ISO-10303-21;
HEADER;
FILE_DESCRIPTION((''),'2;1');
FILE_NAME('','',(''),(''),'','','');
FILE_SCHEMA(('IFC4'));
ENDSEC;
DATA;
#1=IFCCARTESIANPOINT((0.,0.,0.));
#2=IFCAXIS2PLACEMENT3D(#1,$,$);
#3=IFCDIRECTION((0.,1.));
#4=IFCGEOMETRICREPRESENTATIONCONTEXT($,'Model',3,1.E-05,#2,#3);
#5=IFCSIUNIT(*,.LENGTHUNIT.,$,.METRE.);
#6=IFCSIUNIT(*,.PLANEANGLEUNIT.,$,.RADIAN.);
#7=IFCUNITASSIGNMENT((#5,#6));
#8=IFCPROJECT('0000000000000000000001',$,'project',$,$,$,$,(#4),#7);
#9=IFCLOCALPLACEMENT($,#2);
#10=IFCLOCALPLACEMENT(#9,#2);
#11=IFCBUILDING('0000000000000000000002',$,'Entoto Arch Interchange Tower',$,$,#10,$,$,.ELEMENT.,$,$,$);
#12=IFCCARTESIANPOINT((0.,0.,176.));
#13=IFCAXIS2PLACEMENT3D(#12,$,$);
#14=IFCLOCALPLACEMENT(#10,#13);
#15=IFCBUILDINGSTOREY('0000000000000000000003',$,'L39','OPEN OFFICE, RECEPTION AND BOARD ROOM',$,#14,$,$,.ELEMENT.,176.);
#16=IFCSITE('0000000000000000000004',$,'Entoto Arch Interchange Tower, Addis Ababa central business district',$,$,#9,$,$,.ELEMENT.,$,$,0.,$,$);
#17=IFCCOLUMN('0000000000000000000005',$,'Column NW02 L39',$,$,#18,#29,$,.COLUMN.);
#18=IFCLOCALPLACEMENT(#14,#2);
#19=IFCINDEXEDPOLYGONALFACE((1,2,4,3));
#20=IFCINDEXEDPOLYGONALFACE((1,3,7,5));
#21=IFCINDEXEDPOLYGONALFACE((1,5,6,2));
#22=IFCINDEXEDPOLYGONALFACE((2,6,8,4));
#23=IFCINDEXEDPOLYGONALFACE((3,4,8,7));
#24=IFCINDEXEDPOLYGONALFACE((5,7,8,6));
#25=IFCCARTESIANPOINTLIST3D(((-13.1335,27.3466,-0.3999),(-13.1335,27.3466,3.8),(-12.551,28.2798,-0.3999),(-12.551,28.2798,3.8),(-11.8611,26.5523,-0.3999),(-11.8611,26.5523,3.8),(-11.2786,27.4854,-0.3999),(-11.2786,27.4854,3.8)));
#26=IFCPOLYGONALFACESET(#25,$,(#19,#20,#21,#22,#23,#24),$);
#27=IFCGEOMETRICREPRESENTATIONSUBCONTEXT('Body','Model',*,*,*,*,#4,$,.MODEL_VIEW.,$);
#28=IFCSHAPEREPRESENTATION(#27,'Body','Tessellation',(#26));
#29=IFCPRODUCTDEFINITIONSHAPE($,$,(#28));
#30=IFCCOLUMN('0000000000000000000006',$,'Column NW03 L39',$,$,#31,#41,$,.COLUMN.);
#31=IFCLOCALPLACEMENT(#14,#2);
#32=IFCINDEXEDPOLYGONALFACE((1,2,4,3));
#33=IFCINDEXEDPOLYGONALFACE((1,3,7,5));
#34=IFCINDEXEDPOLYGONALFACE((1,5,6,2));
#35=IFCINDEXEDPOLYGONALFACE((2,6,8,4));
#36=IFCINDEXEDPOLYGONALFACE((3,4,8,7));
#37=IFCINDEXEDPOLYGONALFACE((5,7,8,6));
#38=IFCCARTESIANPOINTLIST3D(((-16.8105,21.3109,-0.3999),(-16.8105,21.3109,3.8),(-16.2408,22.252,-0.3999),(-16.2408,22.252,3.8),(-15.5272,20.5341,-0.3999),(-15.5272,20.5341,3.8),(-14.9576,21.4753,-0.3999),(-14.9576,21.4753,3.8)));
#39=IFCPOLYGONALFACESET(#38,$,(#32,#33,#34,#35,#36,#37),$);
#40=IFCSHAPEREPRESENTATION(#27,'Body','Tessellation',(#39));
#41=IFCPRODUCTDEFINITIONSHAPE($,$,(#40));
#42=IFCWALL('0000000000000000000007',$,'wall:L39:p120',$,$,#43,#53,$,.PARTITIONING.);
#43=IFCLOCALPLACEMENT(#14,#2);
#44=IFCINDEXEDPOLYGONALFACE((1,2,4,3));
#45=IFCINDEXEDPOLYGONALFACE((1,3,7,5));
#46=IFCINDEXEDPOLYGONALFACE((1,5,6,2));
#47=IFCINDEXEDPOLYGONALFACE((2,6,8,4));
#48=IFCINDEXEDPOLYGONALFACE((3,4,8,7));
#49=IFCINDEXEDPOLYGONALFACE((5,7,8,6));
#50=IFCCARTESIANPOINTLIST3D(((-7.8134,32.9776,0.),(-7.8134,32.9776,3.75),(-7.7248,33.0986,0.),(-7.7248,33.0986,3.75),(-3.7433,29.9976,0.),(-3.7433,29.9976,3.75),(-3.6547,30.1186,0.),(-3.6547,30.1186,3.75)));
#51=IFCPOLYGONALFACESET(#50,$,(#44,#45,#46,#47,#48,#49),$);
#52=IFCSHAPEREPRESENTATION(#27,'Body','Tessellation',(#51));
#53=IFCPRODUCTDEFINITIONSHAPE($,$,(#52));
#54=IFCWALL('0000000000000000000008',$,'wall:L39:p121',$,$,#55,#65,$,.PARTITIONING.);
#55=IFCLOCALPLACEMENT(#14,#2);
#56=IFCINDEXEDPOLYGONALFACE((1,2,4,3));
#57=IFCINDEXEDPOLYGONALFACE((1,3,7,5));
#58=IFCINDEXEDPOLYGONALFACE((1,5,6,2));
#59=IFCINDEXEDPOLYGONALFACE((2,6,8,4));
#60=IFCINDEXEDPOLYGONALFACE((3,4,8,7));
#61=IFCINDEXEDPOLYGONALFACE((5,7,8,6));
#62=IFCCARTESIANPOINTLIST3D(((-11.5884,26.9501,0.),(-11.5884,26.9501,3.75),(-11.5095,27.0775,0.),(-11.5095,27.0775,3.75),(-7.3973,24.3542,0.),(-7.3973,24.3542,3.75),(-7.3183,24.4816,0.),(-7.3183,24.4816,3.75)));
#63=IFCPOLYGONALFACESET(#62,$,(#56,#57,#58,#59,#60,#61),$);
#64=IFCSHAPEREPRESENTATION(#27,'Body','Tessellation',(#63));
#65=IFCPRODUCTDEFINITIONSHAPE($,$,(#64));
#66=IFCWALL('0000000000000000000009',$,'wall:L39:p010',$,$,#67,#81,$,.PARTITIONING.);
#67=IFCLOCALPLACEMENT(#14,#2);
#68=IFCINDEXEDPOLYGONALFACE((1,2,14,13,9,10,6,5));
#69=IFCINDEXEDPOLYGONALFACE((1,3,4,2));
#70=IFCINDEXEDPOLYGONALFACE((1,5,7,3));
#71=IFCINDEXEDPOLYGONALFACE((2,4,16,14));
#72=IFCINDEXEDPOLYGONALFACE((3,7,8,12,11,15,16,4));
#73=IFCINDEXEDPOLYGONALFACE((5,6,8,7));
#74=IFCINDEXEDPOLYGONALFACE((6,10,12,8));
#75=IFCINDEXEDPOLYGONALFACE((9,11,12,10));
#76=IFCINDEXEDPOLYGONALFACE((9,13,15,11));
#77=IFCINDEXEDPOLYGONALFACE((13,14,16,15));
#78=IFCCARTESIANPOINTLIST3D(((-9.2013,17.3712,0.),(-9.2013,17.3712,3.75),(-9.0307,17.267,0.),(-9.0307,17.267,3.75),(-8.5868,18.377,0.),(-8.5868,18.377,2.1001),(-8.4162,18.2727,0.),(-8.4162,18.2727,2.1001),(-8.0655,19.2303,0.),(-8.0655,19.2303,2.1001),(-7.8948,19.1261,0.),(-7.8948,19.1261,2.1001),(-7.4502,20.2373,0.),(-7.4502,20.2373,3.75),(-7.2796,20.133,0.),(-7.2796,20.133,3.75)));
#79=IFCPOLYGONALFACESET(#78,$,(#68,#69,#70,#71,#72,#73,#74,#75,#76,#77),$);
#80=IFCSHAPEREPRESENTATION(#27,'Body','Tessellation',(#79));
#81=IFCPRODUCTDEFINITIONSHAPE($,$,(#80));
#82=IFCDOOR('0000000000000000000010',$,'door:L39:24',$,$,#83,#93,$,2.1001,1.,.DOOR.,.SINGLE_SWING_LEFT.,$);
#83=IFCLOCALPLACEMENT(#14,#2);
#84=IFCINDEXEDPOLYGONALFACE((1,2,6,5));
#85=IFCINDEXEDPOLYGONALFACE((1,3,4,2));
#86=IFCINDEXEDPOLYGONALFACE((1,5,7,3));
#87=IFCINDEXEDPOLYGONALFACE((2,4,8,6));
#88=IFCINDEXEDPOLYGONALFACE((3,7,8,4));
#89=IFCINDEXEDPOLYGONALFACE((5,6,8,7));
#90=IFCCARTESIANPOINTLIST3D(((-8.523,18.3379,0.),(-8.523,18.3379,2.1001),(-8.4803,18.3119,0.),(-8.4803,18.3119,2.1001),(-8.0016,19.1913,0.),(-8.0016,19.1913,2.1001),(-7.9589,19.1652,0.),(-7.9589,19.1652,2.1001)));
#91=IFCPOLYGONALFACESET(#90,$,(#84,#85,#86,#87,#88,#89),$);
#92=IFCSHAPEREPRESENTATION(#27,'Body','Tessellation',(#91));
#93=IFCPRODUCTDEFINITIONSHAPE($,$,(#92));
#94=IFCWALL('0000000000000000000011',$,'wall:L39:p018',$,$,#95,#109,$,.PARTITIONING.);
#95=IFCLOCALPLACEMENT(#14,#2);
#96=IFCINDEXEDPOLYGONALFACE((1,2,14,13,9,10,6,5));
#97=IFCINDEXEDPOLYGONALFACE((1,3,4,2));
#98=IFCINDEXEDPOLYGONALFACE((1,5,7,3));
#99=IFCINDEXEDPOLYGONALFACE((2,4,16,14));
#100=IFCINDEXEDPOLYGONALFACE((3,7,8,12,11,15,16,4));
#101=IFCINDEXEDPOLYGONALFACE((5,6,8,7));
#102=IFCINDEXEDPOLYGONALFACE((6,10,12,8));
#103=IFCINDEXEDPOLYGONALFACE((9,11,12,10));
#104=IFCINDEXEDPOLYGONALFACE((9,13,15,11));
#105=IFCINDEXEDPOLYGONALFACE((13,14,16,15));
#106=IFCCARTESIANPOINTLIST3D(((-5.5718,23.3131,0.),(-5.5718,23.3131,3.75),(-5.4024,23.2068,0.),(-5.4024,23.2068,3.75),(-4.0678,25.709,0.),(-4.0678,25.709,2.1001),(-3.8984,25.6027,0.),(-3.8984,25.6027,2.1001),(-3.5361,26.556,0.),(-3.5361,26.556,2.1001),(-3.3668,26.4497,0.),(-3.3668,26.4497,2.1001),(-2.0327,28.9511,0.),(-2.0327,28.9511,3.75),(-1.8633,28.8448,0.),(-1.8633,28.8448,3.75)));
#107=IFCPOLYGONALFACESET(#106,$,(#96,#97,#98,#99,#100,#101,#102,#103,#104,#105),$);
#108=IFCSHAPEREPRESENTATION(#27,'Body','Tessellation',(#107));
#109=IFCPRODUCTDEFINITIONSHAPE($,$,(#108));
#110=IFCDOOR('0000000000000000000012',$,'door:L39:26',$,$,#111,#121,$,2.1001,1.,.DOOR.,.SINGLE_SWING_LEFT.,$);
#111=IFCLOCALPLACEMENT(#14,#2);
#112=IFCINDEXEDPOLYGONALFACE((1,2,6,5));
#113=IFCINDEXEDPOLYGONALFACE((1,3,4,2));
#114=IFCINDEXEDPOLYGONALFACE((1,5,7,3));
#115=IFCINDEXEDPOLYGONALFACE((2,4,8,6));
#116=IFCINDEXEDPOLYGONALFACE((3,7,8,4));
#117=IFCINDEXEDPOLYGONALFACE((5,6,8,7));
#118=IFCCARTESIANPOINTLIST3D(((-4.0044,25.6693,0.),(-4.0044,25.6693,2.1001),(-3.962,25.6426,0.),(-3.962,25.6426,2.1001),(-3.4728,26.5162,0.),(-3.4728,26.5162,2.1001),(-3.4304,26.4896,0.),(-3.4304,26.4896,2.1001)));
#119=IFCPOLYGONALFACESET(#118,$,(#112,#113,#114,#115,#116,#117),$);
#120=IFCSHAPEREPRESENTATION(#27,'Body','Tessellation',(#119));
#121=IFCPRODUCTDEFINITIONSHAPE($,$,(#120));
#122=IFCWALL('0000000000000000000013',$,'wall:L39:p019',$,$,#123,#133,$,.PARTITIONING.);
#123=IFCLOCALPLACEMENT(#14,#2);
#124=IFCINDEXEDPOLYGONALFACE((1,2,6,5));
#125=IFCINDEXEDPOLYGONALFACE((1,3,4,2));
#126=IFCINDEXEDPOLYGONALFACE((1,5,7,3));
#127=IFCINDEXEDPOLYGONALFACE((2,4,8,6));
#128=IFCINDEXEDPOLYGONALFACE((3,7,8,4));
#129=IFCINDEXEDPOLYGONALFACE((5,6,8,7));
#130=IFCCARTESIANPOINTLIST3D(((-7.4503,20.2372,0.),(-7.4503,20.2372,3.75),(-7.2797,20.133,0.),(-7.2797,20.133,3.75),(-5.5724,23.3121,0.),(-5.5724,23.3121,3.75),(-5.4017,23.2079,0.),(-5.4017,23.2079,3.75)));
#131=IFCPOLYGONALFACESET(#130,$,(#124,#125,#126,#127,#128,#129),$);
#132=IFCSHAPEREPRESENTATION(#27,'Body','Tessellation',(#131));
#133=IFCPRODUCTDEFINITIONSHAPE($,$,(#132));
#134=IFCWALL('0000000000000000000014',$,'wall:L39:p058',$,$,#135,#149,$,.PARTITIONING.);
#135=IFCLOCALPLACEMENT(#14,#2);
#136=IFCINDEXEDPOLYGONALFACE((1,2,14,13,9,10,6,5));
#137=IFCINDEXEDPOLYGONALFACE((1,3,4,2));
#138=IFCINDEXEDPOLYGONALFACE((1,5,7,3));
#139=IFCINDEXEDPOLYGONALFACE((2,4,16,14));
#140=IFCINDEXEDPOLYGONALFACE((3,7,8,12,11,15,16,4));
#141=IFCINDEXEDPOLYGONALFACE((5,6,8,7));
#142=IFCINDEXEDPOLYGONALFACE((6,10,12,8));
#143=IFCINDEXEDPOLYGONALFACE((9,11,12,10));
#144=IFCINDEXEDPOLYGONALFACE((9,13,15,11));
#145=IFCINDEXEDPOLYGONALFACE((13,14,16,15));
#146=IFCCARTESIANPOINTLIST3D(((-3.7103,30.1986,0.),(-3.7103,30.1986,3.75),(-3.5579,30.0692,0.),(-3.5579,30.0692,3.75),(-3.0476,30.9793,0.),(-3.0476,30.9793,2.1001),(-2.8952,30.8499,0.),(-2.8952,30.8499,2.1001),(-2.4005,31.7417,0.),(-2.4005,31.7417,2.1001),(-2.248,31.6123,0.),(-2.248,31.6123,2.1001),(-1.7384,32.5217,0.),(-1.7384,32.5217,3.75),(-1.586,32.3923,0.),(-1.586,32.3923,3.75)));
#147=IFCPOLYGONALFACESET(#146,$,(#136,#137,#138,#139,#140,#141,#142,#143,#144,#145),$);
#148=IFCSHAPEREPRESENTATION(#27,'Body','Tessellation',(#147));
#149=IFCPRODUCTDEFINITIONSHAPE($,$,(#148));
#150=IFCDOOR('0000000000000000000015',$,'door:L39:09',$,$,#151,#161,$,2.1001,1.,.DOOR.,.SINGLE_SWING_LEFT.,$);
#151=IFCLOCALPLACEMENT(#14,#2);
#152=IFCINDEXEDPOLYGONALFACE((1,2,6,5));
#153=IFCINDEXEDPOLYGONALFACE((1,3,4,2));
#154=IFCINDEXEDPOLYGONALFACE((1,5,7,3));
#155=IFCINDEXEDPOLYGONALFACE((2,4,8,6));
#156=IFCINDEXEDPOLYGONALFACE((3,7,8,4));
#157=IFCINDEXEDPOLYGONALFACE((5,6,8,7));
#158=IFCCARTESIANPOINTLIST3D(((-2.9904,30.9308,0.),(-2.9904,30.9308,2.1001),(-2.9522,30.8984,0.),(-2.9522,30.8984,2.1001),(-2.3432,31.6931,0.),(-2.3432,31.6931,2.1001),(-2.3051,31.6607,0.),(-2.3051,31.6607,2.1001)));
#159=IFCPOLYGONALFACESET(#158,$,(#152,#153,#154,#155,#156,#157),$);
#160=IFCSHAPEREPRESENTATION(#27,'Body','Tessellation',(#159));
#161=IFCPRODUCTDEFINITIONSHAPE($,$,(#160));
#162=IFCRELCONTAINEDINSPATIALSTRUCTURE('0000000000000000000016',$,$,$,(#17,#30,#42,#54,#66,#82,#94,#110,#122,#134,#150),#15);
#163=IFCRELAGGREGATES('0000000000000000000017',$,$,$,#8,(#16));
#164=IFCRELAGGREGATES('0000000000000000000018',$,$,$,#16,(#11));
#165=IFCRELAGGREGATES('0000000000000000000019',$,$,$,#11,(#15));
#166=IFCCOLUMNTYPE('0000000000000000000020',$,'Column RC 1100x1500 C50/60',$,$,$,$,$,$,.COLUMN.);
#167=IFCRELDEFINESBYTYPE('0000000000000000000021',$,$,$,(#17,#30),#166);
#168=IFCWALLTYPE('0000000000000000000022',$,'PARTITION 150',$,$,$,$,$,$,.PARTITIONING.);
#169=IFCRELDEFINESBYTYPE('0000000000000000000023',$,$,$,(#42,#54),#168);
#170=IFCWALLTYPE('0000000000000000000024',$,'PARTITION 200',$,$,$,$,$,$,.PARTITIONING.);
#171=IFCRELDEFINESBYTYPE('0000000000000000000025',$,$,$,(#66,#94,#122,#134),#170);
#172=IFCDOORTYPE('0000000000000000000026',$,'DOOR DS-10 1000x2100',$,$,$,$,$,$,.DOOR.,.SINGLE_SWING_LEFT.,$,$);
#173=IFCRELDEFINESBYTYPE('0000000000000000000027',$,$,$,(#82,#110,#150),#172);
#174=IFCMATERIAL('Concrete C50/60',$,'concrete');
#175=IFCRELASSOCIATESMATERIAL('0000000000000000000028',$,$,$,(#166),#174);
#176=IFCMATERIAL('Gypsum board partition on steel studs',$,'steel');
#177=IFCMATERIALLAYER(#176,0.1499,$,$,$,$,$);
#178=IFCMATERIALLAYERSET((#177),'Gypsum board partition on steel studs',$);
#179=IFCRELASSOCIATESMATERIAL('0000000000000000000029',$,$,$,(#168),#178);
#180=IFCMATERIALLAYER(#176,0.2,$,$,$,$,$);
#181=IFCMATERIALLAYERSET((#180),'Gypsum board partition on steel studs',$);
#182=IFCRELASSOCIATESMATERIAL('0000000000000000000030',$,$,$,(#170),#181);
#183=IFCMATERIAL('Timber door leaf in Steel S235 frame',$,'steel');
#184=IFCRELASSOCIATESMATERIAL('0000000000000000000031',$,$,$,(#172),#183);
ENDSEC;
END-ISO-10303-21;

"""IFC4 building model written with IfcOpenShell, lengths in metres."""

from ifc_helpers import new_model, si_unit, direction, frame, frame_2d, origin, origin_2d, place, context, subcontext, project, spatial, rectangle, extrude, material, layer, layer_set, material_profile, profile_set, type_object, element, fill, save


model = new_model("IFC4")

# Units and contexts
model_context = context("Model", 3, precision=1e-05, world=origin(), true_north=direction((0.0, 1.0)))
body_context = subcontext(model_context, "Body", "Model", "MODEL_VIEW")
ifc_project = project(units=[si_unit("LENGTHUNIT", "METRE"), si_unit("PLANEANGLEUNIT", "RADIAN")], contexts=[model_context])

# Site, building, storey
site_placement = place(None, origin())
site = spatial("IfcSite", under=ifc_project, at=site_placement, Name="Entoto Arch Interchange Tower, Addis Ababa central business district", CompositionType="ELEMENT", RefElevation=0.0)
building_placement = place(site_placement, origin())
building = spatial("IfcBuilding", under=site, at=building_placement, Name="Entoto Arch Interchange Tower", CompositionType="ELEMENT")
storey_placement = place(building_placement, frame((0.0, 0.0, 176.0)))
storey = spatial("IfcBuildingStorey", under=building, at=storey_placement, Name="L39", Description="OPEN OFFICE, RECEPTION AND BOARD ROOM", CompositionType="ELEMENT", Elevation=176.0)

# Columns
ifc_material_1 = material(Name="Concrete C50/60", Category="concrete")
ifc_material_profile = material_profile(ifc_material_1, rectangle(XDim=1.1001, YDim=1.5, at=origin_2d()))
ifc_profile_set = profile_set([ifc_material_profile], Name="Concrete C50/60")
column_type = type_object("IfcColumnType", Name="Column RC 1100x1500 C50/60", PredefinedType="COLUMN", material=ifc_profile_set)
for number, where, z_axis, x_axis, name in (
    (1, (-12.2061, 27.416, -0.3999), (0.0, 0.0, 1.0), (0.529549, 0.848279, 0.0), "Column NW02 L39"),
    (2, (-15.884, 21.3931, -0.3999), (0.0, 0.0, 1.0), (0.517803, 0.8555, 0.0), "Column NW03 L39"),
):
    element("IfcColumn", number, at=place(storey_placement, frame(where, z_axis=z_axis, x_axis=x_axis)), inside=storey, type_object=column_type, Name=name, PredefinedType="COLUMN", context=body_context, shape_type="SweptSolid", body=[
        extrude(rectangle(XDim=1.1001, YDim=1.5, at=origin_2d()), origin(), (0.0, 0.0, 1.0), 4.2),
    ])

# Walls
ifc_material_2 = material(Name="Gypsum board partition on steel studs", Category="steel")
ifc_layer_1 = layer(ifc_material_2, 0.1499)
ifc_layer_set_1 = layer_set([ifc_layer_1], Name="Gypsum board partition on steel studs")
wall_type_1 = type_object("IfcWallType", Name="PARTITION 150", PredefinedType="PARTITIONING", material=ifc_layer_set_1)
wall_1_placement = place(storey_placement, frame((-3.699, 30.0581, 0.0), z_axis=(0.0, 0.0, 1.0), x_axis=(-0.806853, 0.590753, 0.0)))
element("IfcWall", 3, at=wall_1_placement, inside=storey, type_object=wall_type_1, Name="wall:L39:p120", PredefinedType="PARTITIONING", context=body_context, shape_type="SweptSolid", body=[
    extrude(rectangle(XDim=5.0444, YDim=0.1499, at=frame_2d((2.5222, 0.0))), origin(), (0.0, 0.0, 1.0), 3.75),
])
wall_2_placement = place(storey_placement, frame((-7.3579, 24.418, 0.0), z_axis=(0.0, 0.0, 1.0), x_axis=(-0.850136, 0.526563, 0.0)))
element("IfcWall", 4, at=wall_2_placement, inside=storey, type_object=wall_type_1, Name="wall:L39:p121", PredefinedType="PARTITIONING", context=body_context, shape_type="SweptSolid", body=[
    extrude(rectangle(XDim=4.9299, YDim=0.1499, at=frame_2d((2.4648, 0.0))), origin(), (0.0, 0.0, 1.0), 3.75),
])

# Walls, openings, doors
ifc_layer_2 = layer(ifc_material_2, 0.2)
ifc_layer_set_2 = layer_set([ifc_layer_2], Name="Gypsum board partition on steel studs")
wall_type_2 = type_object("IfcWallType", Name="PARTITION 200", PredefinedType="PARTITIONING", material=ifc_layer_set_2)
wall_3_placement = place(storey_placement, frame((-7.365, 20.1851, 0.0), z_axis=(0.0, 0.0, 1.0), x_axis=(-0.521353, -0.853341, 0.0)))
wall_3 = element("IfcWall", 5, at=wall_3_placement, inside=storey, type_object=wall_type_2, Name="wall:L39:p010", PredefinedType="PARTITIONING", context=body_context, shape_type="SweptSolid", body=[
    extrude(rectangle(XDim=3.3586, YDim=0.2, at=frame_2d((1.6792, 0.0))), origin(), (0.0, 0.0, 1.0), 3.75),
])
opening_1_placement = place(wall_3_placement, frame((1.1799, 0.0, 0.0)))
opening_1 = element("IfcOpeningElement", 6, at=opening_1_placement, cuts=wall_3, PredefinedType="OPENING", context=body_context, shape_type="SweptSolid", body=[
    extrude(rectangle(XDim=1.0, YDim=2.1001, at=frame_2d((0.5, 1.05))), frame((0.0, 0.1099, 0.0), z_axis=(0.0, -1.0, 0.0), x_axis=(1.0, 0.0, 0.0)), (0.0, 0.0, 1.0), 0.22),
])
ifc_material_3 = material(Name="Timber door leaf in Steel S235 frame", Category="steel")
door_type = type_object("IfcDoorType", Name="DOOR DS-10 1000x2100", OperationType="SINGLE_SWING_LEFT", PredefinedType="DOOR", material=ifc_material_3)
door_1_placement = place(opening_1_placement, origin())
door_1 = element("IfcDoor", 7, at=door_1_placement, inside=storey, type_object=door_type, Name="door:L39:24", OperationType="SINGLE_SWING_LEFT", OverallHeight=2.1001, OverallWidth=1.0, PredefinedType="DOOR", context=body_context, shape_type="SweptSolid", body=[
    extrude(rectangle(XDim=1.0, YDim=2.1001, at=frame_2d((0.5, 1.05))), frame((0.0, 0.0249, 0.0), z_axis=(0.0, -1.0, 0.0), x_axis=(1.0, 0.0, 0.0)), (0.0, 0.0, 1.0), 0.05),
])
fill(opening_1, door_1)
wall_4_placement = place(storey_placement, frame((-1.948, 28.8979, 0.0), z_axis=(0.0, 0.0, 1.0), x_axis=(-0.531656, -0.84696, 0.0)))
wall_4 = element("IfcWall", 8, at=wall_4_placement, inside=storey, type_object=wall_type_2, Name="wall:L39:p018", PredefinedType="PARTITIONING", context=body_context, shape_type="SweptSolid", body=[
    extrude(rectangle(XDim=6.6567, YDim=0.2, at=frame_2d((3.3284, 0.0))), origin(), (0.0, 0.0, 1.0), 3.75),
])
opening_2_placement = place(wall_4_placement, frame((2.8279, 0.0, 0.0)))
opening_2 = element("IfcOpeningElement", 9, at=opening_2_placement, cuts=wall_4, PredefinedType="OPENING", context=body_context, shape_type="SweptSolid", body=[
    extrude(rectangle(XDim=1.0, YDim=2.1001, at=frame_2d((0.5, 1.05))), frame((0.0, 0.1099, 0.0), z_axis=(0.0, -1.0, 0.0), x_axis=(1.0, 0.0, 0.0)), (0.0, 0.0, 1.0), 0.22),
])
door_2_placement = place(opening_2_placement, origin())
door_2 = element("IfcDoor", 10, at=door_2_placement, inside=storey, type_object=door_type, Name="door:L39:26", OperationType="SINGLE_SWING_LEFT", OverallHeight=2.1001, OverallWidth=1.0, PredefinedType="DOOR", context=body_context, shape_type="SweptSolid", body=[
    extrude(rectangle(XDim=1.0, YDim=2.1001, at=frame_2d((0.5, 1.05))), frame((0.0, 0.0249, 0.0), z_axis=(0.0, -1.0, 0.0), x_axis=(1.0, 0.0, 0.0)), (0.0, 0.0, 1.0), 0.05),
])
fill(opening_2, door_2)

# Wall
wall_5_placement = place(storey_placement, frame((-5.4871, 23.26, 0.0), z_axis=(0.0, 0.0, 1.0), x_axis=(-0.521206, -0.853431, 0.0)))
element("IfcWall", 11, at=wall_5_placement, inside=storey, type_object=wall_type_2, Name="wall:L39:p019", PredefinedType="PARTITIONING", context=body_context, shape_type="SweptSolid", body=[
    extrude(rectangle(XDim=3.603, YDim=0.2, at=frame_2d((1.8015, 0.0))), origin(), (0.0, 0.0, 1.0), 3.75),
])

# Wall, opening, door
wall_6_placement = place(storey_placement, frame((-3.634, 30.134, 0.0), z_axis=(0.0, 0.0, 1.0), x_axis=(0.647148, 0.762364, 0.0)))
wall_6 = element("IfcWall", 12, at=wall_6_placement, inside=storey, type_object=wall_type_2, Name="wall:L39:p058", PredefinedType="PARTITIONING", context=body_context, shape_type="SweptSolid", body=[
    extrude(rectangle(XDim=3.0471, YDim=0.2, at=frame_2d((1.5234, 0.0))), origin(), (0.0, 0.0, 1.0), 3.75),
])
opening_3_placement = place(wall_6_placement, frame((1.0239, 0.0, 0.0)))
opening_3 = element("IfcOpeningElement", 13, at=opening_3_placement, cuts=wall_6, PredefinedType="OPENING", context=body_context, shape_type="SweptSolid", body=[
    extrude(rectangle(XDim=1.0, YDim=2.1001, at=frame_2d((0.5, 1.05))), frame((0.0, 0.1099, 0.0), z_axis=(0.0, -1.0, 0.0), x_axis=(1.0, 0.0, 0.0)), (0.0, 0.0, 1.0), 0.22),
])
door_3_placement = place(opening_3_placement, origin())
door_3 = element("IfcDoor", 14, at=door_3_placement, inside=storey, type_object=door_type, Name="door:L39:09", OperationType="SINGLE_SWING_LEFT", OverallHeight=2.1001, OverallWidth=1.0, PredefinedType="DOOR", context=body_context, shape_type="SweptSolid", body=[
    extrude(rectangle(XDim=1.0, YDim=2.1001, at=frame_2d((0.5, 1.05))), frame((0.0, 0.0249, 0.0), z_axis=(0.0, -1.0, 0.0), x_axis=(1.0, 0.0, 0.0)), (0.0, 0.0, 1.0), 0.05),
])
fill(opening_3, door_3)

save(model, "model.ifc")
